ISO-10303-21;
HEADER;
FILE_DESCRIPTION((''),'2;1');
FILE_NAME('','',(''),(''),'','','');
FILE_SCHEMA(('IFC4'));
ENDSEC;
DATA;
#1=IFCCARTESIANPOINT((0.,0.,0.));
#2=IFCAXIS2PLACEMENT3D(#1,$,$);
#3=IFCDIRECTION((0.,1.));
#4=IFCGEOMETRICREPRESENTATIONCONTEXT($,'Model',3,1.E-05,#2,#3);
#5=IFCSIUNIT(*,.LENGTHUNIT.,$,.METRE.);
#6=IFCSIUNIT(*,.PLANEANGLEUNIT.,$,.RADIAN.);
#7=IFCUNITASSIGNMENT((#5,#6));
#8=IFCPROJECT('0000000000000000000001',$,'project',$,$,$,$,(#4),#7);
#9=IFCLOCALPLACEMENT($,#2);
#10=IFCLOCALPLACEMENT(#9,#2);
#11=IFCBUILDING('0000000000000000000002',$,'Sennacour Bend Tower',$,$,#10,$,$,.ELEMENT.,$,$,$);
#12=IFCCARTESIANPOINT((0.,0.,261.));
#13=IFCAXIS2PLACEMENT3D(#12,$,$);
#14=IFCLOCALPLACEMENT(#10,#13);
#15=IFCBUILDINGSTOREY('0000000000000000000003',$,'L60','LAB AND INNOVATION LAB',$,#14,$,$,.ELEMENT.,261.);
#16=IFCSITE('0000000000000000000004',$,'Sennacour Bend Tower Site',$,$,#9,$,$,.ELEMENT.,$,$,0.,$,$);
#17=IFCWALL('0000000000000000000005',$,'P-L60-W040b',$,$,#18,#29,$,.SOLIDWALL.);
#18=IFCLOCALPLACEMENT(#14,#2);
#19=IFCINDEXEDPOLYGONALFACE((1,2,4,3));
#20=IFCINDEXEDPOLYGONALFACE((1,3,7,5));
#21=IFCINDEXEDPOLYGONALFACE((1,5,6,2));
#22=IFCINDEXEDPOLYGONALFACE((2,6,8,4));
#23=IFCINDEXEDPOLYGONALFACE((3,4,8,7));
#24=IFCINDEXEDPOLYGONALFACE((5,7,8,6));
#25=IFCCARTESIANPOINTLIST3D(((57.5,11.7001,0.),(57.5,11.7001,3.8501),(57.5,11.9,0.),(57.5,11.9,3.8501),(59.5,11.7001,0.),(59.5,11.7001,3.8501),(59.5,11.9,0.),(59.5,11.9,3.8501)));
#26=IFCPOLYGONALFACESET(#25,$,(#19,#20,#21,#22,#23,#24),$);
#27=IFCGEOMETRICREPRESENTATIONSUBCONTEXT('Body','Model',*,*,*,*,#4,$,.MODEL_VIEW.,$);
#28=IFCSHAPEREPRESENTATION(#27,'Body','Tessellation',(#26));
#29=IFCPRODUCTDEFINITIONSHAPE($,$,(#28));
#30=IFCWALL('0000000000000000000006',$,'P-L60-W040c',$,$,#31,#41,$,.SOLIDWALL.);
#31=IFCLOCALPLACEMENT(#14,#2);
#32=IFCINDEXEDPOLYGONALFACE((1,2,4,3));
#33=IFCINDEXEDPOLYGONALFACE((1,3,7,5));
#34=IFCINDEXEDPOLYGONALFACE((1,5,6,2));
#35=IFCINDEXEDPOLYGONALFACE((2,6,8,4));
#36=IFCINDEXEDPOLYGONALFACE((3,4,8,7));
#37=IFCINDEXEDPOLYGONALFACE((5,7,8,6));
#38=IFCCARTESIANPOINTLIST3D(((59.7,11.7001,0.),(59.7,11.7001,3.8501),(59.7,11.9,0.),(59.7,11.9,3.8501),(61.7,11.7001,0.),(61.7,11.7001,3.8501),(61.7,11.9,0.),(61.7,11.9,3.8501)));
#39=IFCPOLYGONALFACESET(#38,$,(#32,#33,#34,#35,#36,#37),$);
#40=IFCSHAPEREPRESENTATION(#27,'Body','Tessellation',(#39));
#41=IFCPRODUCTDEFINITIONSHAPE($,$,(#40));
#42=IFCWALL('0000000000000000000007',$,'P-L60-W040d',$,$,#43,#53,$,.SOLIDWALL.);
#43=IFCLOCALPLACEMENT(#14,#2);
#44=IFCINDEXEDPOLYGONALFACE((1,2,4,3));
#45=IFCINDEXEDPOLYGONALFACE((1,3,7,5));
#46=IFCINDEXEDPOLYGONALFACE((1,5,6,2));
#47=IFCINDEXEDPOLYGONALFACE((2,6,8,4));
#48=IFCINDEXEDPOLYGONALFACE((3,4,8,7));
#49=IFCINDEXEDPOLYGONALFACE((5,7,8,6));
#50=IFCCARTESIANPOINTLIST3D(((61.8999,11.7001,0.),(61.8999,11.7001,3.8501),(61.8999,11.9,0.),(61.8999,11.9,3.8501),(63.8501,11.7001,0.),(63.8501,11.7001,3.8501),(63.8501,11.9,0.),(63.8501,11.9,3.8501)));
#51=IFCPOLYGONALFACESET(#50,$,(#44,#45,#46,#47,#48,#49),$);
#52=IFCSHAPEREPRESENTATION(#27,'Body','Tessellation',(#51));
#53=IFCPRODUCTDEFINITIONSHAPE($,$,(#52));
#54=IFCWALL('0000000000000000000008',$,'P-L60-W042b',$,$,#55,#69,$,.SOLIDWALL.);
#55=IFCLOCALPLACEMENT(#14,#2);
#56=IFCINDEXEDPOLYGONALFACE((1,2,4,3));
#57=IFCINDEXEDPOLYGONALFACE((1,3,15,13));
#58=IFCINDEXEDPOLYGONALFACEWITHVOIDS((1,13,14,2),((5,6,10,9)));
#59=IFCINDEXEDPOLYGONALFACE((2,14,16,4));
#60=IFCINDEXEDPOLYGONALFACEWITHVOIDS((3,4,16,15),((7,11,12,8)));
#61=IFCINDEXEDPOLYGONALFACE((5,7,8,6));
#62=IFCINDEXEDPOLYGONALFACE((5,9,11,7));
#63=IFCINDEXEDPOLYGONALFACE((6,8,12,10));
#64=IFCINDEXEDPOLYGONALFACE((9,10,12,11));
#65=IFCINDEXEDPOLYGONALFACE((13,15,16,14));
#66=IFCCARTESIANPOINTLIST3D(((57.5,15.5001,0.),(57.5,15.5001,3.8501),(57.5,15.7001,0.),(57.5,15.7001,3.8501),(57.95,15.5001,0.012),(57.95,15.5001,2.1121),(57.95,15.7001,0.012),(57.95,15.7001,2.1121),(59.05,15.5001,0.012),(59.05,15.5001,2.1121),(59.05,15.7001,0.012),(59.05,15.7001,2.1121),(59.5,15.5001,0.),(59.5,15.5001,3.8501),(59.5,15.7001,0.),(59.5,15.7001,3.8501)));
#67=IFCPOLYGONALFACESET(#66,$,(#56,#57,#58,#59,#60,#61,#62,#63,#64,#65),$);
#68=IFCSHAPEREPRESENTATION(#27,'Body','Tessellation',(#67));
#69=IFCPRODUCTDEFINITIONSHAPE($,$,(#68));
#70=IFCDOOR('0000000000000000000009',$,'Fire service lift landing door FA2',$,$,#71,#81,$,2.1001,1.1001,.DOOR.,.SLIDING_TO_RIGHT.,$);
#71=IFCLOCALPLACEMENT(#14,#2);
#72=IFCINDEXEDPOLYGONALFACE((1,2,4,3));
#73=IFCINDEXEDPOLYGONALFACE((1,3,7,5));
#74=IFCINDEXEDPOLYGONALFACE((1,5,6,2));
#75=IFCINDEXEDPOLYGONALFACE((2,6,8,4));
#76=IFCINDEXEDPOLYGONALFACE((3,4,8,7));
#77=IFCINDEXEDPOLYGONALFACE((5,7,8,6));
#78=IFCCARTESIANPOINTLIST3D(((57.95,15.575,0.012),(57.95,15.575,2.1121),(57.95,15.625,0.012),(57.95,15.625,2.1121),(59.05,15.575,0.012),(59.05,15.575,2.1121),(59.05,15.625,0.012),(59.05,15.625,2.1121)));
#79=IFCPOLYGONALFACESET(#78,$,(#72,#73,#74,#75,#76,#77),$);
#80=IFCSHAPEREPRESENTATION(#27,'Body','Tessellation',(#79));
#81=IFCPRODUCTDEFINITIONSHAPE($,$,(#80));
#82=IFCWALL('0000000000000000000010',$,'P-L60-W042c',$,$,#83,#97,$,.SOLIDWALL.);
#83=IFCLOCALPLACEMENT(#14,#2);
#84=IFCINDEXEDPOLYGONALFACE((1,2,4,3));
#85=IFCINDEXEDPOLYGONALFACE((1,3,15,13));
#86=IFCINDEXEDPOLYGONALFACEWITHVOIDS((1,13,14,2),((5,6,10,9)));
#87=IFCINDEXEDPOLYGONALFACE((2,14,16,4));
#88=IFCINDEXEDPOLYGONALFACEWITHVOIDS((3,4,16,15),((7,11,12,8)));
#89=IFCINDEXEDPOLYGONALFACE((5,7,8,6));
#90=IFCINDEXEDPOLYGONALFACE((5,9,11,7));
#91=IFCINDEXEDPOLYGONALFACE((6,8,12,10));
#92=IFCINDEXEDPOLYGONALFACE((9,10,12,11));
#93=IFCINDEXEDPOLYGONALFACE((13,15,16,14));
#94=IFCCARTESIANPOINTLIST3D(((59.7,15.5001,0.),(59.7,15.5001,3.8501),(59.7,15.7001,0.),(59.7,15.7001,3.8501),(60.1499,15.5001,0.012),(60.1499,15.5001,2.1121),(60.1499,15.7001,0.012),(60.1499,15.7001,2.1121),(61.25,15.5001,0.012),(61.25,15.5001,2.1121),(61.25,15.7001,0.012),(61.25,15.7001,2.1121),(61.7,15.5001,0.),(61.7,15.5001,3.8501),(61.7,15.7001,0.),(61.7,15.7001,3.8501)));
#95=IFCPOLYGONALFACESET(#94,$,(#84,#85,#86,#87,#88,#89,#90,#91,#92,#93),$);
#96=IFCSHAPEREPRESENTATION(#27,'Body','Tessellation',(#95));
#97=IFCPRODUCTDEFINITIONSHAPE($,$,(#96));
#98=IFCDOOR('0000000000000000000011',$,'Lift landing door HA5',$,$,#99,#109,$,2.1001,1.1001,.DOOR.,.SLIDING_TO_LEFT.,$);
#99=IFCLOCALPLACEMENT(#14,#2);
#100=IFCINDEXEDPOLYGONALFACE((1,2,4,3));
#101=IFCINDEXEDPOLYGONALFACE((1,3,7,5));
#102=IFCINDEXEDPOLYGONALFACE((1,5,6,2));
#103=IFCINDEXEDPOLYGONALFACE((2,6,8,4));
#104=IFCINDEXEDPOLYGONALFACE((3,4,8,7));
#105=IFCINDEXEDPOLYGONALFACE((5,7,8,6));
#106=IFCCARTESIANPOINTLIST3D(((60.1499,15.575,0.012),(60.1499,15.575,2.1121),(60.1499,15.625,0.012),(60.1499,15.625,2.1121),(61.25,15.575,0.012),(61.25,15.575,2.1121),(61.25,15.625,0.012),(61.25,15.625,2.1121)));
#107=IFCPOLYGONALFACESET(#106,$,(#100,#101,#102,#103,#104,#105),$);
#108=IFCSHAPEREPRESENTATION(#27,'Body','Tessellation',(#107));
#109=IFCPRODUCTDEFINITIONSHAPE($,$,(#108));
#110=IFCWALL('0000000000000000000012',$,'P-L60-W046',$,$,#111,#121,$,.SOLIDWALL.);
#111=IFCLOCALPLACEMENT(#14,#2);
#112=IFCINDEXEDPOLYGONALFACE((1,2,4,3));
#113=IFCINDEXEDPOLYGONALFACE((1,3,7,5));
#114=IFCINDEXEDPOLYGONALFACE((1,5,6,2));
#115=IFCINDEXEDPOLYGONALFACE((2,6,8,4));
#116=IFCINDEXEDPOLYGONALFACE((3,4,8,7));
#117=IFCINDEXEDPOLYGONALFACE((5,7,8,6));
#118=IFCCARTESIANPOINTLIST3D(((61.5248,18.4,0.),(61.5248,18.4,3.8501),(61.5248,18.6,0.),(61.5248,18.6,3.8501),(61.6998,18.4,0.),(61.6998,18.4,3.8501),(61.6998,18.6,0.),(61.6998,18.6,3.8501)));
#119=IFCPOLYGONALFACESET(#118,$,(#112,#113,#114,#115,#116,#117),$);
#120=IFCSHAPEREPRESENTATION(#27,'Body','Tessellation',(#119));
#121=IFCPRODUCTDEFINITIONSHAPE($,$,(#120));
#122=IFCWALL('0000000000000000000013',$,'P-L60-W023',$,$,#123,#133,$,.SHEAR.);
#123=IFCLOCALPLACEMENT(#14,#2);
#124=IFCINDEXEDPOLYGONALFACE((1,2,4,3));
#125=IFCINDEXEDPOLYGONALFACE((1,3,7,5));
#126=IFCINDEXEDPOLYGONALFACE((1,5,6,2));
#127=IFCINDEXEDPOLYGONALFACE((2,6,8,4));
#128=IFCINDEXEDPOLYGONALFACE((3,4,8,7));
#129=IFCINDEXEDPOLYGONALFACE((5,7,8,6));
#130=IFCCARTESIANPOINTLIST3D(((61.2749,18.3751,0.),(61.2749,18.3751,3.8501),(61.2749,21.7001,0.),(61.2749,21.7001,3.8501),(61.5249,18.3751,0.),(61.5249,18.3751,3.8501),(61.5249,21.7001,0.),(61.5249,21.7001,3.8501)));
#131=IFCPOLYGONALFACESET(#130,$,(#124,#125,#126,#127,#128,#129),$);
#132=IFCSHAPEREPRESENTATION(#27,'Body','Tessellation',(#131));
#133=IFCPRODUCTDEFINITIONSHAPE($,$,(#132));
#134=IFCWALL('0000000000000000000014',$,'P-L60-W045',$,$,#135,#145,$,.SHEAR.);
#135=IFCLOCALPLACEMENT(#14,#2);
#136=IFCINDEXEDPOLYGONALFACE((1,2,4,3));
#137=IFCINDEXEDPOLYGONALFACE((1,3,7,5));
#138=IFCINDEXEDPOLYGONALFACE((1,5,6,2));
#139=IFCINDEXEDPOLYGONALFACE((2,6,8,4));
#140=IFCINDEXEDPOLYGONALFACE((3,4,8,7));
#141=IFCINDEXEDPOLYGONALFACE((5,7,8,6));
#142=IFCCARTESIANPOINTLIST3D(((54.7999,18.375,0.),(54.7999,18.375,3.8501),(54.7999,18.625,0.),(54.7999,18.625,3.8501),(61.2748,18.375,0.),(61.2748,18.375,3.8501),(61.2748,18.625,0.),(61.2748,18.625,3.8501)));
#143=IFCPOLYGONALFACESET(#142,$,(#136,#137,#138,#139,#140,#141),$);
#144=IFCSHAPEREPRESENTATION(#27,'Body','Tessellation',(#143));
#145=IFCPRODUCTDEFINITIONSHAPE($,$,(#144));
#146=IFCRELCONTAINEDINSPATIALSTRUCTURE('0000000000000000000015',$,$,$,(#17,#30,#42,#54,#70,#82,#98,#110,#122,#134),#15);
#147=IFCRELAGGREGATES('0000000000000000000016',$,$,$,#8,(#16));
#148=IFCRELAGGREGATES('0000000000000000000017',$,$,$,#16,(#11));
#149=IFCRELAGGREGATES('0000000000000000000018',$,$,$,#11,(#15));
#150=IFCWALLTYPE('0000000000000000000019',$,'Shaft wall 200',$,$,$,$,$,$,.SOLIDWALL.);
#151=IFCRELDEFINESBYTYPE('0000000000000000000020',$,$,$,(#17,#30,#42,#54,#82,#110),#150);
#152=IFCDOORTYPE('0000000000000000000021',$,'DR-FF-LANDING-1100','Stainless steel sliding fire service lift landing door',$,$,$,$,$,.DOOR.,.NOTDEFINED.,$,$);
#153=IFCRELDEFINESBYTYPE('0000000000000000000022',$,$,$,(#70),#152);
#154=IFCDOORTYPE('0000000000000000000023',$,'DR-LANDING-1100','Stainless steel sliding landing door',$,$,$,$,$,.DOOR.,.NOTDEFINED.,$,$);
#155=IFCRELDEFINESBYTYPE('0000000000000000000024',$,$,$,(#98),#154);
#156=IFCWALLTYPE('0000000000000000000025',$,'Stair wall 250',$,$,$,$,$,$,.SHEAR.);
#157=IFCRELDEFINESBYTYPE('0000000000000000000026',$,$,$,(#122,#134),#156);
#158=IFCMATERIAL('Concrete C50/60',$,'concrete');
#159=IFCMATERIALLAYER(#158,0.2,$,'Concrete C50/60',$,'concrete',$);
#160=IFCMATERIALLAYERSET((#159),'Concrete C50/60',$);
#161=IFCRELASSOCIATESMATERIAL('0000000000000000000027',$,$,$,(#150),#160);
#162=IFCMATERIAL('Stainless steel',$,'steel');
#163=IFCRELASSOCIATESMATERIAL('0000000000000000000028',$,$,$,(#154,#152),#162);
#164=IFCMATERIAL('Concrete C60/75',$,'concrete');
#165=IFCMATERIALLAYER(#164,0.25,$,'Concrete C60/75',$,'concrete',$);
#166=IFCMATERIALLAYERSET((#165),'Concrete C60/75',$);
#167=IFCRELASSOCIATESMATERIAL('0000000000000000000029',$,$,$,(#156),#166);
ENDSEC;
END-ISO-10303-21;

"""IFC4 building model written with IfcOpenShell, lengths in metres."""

from ifc_helpers import new_model, si_unit, direction, frame, frame_2d, origin, place, context, subcontext, project, spatial, rectangle, extrude, material, layer, layer_set, type_object, element, fill, save


model = new_model("IFC4")

# Units and contexts
model_context = context("Model", 3, precision=1e-05, world=origin(), true_north=direction((0.0, 1.0)))
body_context = subcontext(model_context, "Body", "Model", "MODEL_VIEW")
ifc_project = project(units=[si_unit("LENGTHUNIT", "METRE"), si_unit("PLANEANGLEUNIT", "RADIAN")], contexts=[model_context])

# Site, building, storey
site_placement = place(None, origin())
site = spatial("IfcSite", under=ifc_project, at=site_placement, Name="Sennacour Bend Tower Site", CompositionType="ELEMENT", RefElevation=0.0)
building_placement = place(site_placement, origin())
building = spatial("IfcBuilding", under=site, at=building_placement, Name="Sennacour Bend Tower", CompositionType="ELEMENT")
storey_placement = place(building_placement, frame((0.0, 0.0, 261.0)))
storey = spatial("IfcBuildingStorey", under=building, at=storey_placement, Name="L60", Description="LAB AND INNOVATION LAB", CompositionType="ELEMENT", Elevation=261.0)

# Shared definitions
ifc_material_1 = material(Name="Concrete C50/60", Category="concrete")
ifc_layer_1 = layer(ifc_material_1, 0.2, Name="Concrete C50/60", Category="concrete")
ifc_layer_set_1 = layer_set([ifc_layer_1], Name="Concrete C50/60")
wall_type_1 = type_object("IfcWallType", Name="Shaft wall 200", PredefinedType="SOLIDWALL", material=ifc_layer_set_1)

# Shared definitions
ifc_material_2 = material(Name="Stainless steel", Category="steel")
door_type_1 = type_object("IfcDoorType", Name="DR-LANDING-1100", Description="Stainless steel sliding landing door", OperationType="NOTDEFINED", PredefinedType="DOOR", material=ifc_material_2)

# Walls
for number, where, z_axis, x_axis, name in (
    (1, (57.5, 11.8, 0.0), (0.0, 0.0, 1.0), (1.0, 0.0, 0.0), "P-L60-W040b"),
    (2, (59.7, 11.8, 0.0), (0.0, 0.0, 1.0), (1.0, 0.0, 0.0), "P-L60-W040c"),
):
    element("IfcWall", number, at=place(storey_placement, frame(where, z_axis=z_axis, x_axis=x_axis)), inside=storey, type_object=wall_type_1, Name=name, PredefinedType="SOLIDWALL", context=body_context, shape_type="SweptSolid", body=[
        extrude(rectangle(XDim=2.0, YDim=0.2, at=frame_2d((1.0, 0.0))), origin(), (0.0, 0.0, 1.0), 3.8501),
    ])
wall_1_placement = place(storey_placement, frame((61.8999, 11.8, 0.0), z_axis=(0.0, 0.0, 1.0), x_axis=(1.0, 0.0, 0.0)))
element("IfcWall", 3, at=wall_1_placement, inside=storey, type_object=wall_type_1, Name="P-L60-W040d", PredefinedType="SOLIDWALL", context=body_context, shape_type="SweptSolid", body=[
    extrude(rectangle(XDim=1.9502, YDim=0.2, at=frame_2d((0.9751, 0.0))), origin(), (0.0, 0.0, 1.0), 3.8501),
])

# Walls, openings, doors
wall_2_placement = place(storey_placement, frame((57.5, 15.6001, 0.0), z_axis=(0.0, 0.0, 1.0), x_axis=(1.0, 0.0, 0.0)))
wall_2 = element("IfcWall", 4, at=wall_2_placement, inside=storey, type_object=wall_type_1, Name="P-L60-W042b", PredefinedType="SOLIDWALL", context=body_context, shape_type="SweptSolid", body=[
    extrude(rectangle(XDim=2.0, YDim=0.2, at=frame_2d((1.0, 0.0))), origin(), (0.0, 0.0, 1.0), 3.8501),
])
opening_1_placement = place(wall_2_placement, frame((0.45, 0.0, 0.012)))
opening_1 = element("IfcOpeningElement", 5, at=opening_1_placement, cuts=wall_2, PredefinedType="OPENING", context=body_context, shape_type="SweptSolid", body=[
    extrude(rectangle(XDim=1.1001, YDim=2.1001, at=frame_2d((0.55, 1.05))), frame((0.0, 0.1099, 0.0), z_axis=(0.0, -1.0, 0.0), x_axis=(1.0, 0.0, 0.0)), (0.0, 0.0, 1.0), 0.22),
])
door_type_2 = type_object("IfcDoorType", Name="DR-FF-LANDING-1100", Description="Stainless steel sliding fire service lift landing door", OperationType="NOTDEFINED", PredefinedType="DOOR", material=ifc_material_2)
door_1_placement = place(opening_1_placement, origin())
door_1 = element("IfcDoor", 6, at=door_1_placement, inside=storey, type_object=door_type_2, Name="Fire service lift landing door FA2", OperationType="SLIDING_TO_RIGHT", OverallHeight=2.1001, OverallWidth=1.1001, PredefinedType="DOOR", context=body_context, shape_type="SweptSolid", body=[
    extrude(rectangle(XDim=1.1001, YDim=2.1001, at=frame_2d((0.55, 1.05))), frame((0.0, 0.0249, 0.0), z_axis=(0.0, -1.0, 0.0), x_axis=(1.0, 0.0, 0.0)), (0.0, 0.0, 1.0), 0.05),
])
fill(opening_1, door_1)
wall_3_placement = place(storey_placement, frame((59.7, 15.6001, 0.0), z_axis=(0.0, 0.0, 1.0), x_axis=(1.0, 0.0, 0.0)))
wall_3 = element("IfcWall", 7, at=wall_3_placement, inside=storey, type_object=wall_type_1, Name="P-L60-W042c", PredefinedType="SOLIDWALL", context=body_context, shape_type="SweptSolid", body=[
    extrude(rectangle(XDim=2.0, YDim=0.2, at=frame_2d((1.0, 0.0))), origin(), (0.0, 0.0, 1.0), 3.8501),
])
opening_2_placement = place(wall_3_placement, frame((0.45, 0.0, 0.012)))
opening_2 = element("IfcOpeningElement", 8, at=opening_2_placement, cuts=wall_3, PredefinedType="OPENING", context=body_context, shape_type="SweptSolid", body=[
    extrude(rectangle(XDim=1.1001, YDim=2.1001, at=frame_2d((0.55, 1.05))), frame((0.0, 0.1099, 0.0), z_axis=(0.0, -1.0, 0.0), x_axis=(1.0, 0.0, 0.0)), (0.0, 0.0, 1.0), 0.22),
])
door_2_placement = place(opening_2_placement, origin())
door_2 = element("IfcDoor", 9, at=door_2_placement, inside=storey, type_object=door_type_1, Name="Lift landing door HA5", OperationType="SLIDING_TO_LEFT", OverallHeight=2.1001, OverallWidth=1.1001, PredefinedType="DOOR", context=body_context, shape_type="SweptSolid", body=[
    extrude(rectangle(XDim=1.1001, YDim=2.1001, at=frame_2d((0.55, 1.05))), frame((0.0, 0.0249, 0.0), z_axis=(0.0, -1.0, 0.0), x_axis=(1.0, 0.0, 0.0)), (0.0, 0.0, 1.0), 0.05),
])
fill(opening_2, door_2)

# Walls
wall_4_placement = place(storey_placement, frame((61.5249, 18.5, 0.0), z_axis=(0.0, 0.0, 1.0), x_axis=(1.0, 0.0, 0.0)))
element("IfcWall", 10, at=wall_4_placement, inside=storey, type_object=wall_type_1, Name="P-L60-W046", PredefinedType="SOLIDWALL", context=body_context, shape_type="SweptSolid", body=[
    extrude(rectangle(XDim=0.175, YDim=0.2, at=frame_2d((0.0874, 0.0))), origin(), (0.0, 0.0, 1.0), 3.8501),
])
ifc_material_3 = material(Name="Concrete C60/75", Category="concrete")
ifc_layer_2 = layer(ifc_material_3, 0.25, Name="Concrete C60/75", Category="concrete")
ifc_layer_set_2 = layer_set([ifc_layer_2], Name="Concrete C60/75")
wall_type_2 = type_object("IfcWallType", Name="Stair wall 250", PredefinedType="SHEAR", material=ifc_layer_set_2)
wall_5_placement = place(storey_placement, frame((61.3999, 18.375, 0.0), z_axis=(0.0, 0.0, 1.0), x_axis=(0.0, 1.0, 0.0)))
element("IfcWall", 11, at=wall_5_placement, inside=storey, type_object=wall_type_2, Name="P-L60-W023", PredefinedType="SHEAR", context=body_context, shape_type="SweptSolid", body=[
    extrude(rectangle(XDim=3.325, YDim=0.25, at=frame_2d((1.6626, 0.0))), origin(), (0.0, 0.0, 1.0), 3.8501),
])
wall_6_placement = place(storey_placement, frame((54.8, 18.5, 0.0), z_axis=(0.0, 0.0, 1.0), x_axis=(1.0, 0.0, 0.0)))
element("IfcWall", 12, at=wall_6_placement, inside=storey, type_object=wall_type_2, Name="P-L60-W045", PredefinedType="SHEAR", context=body_context, shape_type="SweptSolid", body=[
    extrude(rectangle(XDim=6.4749, YDim=0.25, at=frame_2d((3.2373, 0.0))), origin(), (0.0, 0.0, 1.0), 3.8501),
])

save(model, "model.ifc")
